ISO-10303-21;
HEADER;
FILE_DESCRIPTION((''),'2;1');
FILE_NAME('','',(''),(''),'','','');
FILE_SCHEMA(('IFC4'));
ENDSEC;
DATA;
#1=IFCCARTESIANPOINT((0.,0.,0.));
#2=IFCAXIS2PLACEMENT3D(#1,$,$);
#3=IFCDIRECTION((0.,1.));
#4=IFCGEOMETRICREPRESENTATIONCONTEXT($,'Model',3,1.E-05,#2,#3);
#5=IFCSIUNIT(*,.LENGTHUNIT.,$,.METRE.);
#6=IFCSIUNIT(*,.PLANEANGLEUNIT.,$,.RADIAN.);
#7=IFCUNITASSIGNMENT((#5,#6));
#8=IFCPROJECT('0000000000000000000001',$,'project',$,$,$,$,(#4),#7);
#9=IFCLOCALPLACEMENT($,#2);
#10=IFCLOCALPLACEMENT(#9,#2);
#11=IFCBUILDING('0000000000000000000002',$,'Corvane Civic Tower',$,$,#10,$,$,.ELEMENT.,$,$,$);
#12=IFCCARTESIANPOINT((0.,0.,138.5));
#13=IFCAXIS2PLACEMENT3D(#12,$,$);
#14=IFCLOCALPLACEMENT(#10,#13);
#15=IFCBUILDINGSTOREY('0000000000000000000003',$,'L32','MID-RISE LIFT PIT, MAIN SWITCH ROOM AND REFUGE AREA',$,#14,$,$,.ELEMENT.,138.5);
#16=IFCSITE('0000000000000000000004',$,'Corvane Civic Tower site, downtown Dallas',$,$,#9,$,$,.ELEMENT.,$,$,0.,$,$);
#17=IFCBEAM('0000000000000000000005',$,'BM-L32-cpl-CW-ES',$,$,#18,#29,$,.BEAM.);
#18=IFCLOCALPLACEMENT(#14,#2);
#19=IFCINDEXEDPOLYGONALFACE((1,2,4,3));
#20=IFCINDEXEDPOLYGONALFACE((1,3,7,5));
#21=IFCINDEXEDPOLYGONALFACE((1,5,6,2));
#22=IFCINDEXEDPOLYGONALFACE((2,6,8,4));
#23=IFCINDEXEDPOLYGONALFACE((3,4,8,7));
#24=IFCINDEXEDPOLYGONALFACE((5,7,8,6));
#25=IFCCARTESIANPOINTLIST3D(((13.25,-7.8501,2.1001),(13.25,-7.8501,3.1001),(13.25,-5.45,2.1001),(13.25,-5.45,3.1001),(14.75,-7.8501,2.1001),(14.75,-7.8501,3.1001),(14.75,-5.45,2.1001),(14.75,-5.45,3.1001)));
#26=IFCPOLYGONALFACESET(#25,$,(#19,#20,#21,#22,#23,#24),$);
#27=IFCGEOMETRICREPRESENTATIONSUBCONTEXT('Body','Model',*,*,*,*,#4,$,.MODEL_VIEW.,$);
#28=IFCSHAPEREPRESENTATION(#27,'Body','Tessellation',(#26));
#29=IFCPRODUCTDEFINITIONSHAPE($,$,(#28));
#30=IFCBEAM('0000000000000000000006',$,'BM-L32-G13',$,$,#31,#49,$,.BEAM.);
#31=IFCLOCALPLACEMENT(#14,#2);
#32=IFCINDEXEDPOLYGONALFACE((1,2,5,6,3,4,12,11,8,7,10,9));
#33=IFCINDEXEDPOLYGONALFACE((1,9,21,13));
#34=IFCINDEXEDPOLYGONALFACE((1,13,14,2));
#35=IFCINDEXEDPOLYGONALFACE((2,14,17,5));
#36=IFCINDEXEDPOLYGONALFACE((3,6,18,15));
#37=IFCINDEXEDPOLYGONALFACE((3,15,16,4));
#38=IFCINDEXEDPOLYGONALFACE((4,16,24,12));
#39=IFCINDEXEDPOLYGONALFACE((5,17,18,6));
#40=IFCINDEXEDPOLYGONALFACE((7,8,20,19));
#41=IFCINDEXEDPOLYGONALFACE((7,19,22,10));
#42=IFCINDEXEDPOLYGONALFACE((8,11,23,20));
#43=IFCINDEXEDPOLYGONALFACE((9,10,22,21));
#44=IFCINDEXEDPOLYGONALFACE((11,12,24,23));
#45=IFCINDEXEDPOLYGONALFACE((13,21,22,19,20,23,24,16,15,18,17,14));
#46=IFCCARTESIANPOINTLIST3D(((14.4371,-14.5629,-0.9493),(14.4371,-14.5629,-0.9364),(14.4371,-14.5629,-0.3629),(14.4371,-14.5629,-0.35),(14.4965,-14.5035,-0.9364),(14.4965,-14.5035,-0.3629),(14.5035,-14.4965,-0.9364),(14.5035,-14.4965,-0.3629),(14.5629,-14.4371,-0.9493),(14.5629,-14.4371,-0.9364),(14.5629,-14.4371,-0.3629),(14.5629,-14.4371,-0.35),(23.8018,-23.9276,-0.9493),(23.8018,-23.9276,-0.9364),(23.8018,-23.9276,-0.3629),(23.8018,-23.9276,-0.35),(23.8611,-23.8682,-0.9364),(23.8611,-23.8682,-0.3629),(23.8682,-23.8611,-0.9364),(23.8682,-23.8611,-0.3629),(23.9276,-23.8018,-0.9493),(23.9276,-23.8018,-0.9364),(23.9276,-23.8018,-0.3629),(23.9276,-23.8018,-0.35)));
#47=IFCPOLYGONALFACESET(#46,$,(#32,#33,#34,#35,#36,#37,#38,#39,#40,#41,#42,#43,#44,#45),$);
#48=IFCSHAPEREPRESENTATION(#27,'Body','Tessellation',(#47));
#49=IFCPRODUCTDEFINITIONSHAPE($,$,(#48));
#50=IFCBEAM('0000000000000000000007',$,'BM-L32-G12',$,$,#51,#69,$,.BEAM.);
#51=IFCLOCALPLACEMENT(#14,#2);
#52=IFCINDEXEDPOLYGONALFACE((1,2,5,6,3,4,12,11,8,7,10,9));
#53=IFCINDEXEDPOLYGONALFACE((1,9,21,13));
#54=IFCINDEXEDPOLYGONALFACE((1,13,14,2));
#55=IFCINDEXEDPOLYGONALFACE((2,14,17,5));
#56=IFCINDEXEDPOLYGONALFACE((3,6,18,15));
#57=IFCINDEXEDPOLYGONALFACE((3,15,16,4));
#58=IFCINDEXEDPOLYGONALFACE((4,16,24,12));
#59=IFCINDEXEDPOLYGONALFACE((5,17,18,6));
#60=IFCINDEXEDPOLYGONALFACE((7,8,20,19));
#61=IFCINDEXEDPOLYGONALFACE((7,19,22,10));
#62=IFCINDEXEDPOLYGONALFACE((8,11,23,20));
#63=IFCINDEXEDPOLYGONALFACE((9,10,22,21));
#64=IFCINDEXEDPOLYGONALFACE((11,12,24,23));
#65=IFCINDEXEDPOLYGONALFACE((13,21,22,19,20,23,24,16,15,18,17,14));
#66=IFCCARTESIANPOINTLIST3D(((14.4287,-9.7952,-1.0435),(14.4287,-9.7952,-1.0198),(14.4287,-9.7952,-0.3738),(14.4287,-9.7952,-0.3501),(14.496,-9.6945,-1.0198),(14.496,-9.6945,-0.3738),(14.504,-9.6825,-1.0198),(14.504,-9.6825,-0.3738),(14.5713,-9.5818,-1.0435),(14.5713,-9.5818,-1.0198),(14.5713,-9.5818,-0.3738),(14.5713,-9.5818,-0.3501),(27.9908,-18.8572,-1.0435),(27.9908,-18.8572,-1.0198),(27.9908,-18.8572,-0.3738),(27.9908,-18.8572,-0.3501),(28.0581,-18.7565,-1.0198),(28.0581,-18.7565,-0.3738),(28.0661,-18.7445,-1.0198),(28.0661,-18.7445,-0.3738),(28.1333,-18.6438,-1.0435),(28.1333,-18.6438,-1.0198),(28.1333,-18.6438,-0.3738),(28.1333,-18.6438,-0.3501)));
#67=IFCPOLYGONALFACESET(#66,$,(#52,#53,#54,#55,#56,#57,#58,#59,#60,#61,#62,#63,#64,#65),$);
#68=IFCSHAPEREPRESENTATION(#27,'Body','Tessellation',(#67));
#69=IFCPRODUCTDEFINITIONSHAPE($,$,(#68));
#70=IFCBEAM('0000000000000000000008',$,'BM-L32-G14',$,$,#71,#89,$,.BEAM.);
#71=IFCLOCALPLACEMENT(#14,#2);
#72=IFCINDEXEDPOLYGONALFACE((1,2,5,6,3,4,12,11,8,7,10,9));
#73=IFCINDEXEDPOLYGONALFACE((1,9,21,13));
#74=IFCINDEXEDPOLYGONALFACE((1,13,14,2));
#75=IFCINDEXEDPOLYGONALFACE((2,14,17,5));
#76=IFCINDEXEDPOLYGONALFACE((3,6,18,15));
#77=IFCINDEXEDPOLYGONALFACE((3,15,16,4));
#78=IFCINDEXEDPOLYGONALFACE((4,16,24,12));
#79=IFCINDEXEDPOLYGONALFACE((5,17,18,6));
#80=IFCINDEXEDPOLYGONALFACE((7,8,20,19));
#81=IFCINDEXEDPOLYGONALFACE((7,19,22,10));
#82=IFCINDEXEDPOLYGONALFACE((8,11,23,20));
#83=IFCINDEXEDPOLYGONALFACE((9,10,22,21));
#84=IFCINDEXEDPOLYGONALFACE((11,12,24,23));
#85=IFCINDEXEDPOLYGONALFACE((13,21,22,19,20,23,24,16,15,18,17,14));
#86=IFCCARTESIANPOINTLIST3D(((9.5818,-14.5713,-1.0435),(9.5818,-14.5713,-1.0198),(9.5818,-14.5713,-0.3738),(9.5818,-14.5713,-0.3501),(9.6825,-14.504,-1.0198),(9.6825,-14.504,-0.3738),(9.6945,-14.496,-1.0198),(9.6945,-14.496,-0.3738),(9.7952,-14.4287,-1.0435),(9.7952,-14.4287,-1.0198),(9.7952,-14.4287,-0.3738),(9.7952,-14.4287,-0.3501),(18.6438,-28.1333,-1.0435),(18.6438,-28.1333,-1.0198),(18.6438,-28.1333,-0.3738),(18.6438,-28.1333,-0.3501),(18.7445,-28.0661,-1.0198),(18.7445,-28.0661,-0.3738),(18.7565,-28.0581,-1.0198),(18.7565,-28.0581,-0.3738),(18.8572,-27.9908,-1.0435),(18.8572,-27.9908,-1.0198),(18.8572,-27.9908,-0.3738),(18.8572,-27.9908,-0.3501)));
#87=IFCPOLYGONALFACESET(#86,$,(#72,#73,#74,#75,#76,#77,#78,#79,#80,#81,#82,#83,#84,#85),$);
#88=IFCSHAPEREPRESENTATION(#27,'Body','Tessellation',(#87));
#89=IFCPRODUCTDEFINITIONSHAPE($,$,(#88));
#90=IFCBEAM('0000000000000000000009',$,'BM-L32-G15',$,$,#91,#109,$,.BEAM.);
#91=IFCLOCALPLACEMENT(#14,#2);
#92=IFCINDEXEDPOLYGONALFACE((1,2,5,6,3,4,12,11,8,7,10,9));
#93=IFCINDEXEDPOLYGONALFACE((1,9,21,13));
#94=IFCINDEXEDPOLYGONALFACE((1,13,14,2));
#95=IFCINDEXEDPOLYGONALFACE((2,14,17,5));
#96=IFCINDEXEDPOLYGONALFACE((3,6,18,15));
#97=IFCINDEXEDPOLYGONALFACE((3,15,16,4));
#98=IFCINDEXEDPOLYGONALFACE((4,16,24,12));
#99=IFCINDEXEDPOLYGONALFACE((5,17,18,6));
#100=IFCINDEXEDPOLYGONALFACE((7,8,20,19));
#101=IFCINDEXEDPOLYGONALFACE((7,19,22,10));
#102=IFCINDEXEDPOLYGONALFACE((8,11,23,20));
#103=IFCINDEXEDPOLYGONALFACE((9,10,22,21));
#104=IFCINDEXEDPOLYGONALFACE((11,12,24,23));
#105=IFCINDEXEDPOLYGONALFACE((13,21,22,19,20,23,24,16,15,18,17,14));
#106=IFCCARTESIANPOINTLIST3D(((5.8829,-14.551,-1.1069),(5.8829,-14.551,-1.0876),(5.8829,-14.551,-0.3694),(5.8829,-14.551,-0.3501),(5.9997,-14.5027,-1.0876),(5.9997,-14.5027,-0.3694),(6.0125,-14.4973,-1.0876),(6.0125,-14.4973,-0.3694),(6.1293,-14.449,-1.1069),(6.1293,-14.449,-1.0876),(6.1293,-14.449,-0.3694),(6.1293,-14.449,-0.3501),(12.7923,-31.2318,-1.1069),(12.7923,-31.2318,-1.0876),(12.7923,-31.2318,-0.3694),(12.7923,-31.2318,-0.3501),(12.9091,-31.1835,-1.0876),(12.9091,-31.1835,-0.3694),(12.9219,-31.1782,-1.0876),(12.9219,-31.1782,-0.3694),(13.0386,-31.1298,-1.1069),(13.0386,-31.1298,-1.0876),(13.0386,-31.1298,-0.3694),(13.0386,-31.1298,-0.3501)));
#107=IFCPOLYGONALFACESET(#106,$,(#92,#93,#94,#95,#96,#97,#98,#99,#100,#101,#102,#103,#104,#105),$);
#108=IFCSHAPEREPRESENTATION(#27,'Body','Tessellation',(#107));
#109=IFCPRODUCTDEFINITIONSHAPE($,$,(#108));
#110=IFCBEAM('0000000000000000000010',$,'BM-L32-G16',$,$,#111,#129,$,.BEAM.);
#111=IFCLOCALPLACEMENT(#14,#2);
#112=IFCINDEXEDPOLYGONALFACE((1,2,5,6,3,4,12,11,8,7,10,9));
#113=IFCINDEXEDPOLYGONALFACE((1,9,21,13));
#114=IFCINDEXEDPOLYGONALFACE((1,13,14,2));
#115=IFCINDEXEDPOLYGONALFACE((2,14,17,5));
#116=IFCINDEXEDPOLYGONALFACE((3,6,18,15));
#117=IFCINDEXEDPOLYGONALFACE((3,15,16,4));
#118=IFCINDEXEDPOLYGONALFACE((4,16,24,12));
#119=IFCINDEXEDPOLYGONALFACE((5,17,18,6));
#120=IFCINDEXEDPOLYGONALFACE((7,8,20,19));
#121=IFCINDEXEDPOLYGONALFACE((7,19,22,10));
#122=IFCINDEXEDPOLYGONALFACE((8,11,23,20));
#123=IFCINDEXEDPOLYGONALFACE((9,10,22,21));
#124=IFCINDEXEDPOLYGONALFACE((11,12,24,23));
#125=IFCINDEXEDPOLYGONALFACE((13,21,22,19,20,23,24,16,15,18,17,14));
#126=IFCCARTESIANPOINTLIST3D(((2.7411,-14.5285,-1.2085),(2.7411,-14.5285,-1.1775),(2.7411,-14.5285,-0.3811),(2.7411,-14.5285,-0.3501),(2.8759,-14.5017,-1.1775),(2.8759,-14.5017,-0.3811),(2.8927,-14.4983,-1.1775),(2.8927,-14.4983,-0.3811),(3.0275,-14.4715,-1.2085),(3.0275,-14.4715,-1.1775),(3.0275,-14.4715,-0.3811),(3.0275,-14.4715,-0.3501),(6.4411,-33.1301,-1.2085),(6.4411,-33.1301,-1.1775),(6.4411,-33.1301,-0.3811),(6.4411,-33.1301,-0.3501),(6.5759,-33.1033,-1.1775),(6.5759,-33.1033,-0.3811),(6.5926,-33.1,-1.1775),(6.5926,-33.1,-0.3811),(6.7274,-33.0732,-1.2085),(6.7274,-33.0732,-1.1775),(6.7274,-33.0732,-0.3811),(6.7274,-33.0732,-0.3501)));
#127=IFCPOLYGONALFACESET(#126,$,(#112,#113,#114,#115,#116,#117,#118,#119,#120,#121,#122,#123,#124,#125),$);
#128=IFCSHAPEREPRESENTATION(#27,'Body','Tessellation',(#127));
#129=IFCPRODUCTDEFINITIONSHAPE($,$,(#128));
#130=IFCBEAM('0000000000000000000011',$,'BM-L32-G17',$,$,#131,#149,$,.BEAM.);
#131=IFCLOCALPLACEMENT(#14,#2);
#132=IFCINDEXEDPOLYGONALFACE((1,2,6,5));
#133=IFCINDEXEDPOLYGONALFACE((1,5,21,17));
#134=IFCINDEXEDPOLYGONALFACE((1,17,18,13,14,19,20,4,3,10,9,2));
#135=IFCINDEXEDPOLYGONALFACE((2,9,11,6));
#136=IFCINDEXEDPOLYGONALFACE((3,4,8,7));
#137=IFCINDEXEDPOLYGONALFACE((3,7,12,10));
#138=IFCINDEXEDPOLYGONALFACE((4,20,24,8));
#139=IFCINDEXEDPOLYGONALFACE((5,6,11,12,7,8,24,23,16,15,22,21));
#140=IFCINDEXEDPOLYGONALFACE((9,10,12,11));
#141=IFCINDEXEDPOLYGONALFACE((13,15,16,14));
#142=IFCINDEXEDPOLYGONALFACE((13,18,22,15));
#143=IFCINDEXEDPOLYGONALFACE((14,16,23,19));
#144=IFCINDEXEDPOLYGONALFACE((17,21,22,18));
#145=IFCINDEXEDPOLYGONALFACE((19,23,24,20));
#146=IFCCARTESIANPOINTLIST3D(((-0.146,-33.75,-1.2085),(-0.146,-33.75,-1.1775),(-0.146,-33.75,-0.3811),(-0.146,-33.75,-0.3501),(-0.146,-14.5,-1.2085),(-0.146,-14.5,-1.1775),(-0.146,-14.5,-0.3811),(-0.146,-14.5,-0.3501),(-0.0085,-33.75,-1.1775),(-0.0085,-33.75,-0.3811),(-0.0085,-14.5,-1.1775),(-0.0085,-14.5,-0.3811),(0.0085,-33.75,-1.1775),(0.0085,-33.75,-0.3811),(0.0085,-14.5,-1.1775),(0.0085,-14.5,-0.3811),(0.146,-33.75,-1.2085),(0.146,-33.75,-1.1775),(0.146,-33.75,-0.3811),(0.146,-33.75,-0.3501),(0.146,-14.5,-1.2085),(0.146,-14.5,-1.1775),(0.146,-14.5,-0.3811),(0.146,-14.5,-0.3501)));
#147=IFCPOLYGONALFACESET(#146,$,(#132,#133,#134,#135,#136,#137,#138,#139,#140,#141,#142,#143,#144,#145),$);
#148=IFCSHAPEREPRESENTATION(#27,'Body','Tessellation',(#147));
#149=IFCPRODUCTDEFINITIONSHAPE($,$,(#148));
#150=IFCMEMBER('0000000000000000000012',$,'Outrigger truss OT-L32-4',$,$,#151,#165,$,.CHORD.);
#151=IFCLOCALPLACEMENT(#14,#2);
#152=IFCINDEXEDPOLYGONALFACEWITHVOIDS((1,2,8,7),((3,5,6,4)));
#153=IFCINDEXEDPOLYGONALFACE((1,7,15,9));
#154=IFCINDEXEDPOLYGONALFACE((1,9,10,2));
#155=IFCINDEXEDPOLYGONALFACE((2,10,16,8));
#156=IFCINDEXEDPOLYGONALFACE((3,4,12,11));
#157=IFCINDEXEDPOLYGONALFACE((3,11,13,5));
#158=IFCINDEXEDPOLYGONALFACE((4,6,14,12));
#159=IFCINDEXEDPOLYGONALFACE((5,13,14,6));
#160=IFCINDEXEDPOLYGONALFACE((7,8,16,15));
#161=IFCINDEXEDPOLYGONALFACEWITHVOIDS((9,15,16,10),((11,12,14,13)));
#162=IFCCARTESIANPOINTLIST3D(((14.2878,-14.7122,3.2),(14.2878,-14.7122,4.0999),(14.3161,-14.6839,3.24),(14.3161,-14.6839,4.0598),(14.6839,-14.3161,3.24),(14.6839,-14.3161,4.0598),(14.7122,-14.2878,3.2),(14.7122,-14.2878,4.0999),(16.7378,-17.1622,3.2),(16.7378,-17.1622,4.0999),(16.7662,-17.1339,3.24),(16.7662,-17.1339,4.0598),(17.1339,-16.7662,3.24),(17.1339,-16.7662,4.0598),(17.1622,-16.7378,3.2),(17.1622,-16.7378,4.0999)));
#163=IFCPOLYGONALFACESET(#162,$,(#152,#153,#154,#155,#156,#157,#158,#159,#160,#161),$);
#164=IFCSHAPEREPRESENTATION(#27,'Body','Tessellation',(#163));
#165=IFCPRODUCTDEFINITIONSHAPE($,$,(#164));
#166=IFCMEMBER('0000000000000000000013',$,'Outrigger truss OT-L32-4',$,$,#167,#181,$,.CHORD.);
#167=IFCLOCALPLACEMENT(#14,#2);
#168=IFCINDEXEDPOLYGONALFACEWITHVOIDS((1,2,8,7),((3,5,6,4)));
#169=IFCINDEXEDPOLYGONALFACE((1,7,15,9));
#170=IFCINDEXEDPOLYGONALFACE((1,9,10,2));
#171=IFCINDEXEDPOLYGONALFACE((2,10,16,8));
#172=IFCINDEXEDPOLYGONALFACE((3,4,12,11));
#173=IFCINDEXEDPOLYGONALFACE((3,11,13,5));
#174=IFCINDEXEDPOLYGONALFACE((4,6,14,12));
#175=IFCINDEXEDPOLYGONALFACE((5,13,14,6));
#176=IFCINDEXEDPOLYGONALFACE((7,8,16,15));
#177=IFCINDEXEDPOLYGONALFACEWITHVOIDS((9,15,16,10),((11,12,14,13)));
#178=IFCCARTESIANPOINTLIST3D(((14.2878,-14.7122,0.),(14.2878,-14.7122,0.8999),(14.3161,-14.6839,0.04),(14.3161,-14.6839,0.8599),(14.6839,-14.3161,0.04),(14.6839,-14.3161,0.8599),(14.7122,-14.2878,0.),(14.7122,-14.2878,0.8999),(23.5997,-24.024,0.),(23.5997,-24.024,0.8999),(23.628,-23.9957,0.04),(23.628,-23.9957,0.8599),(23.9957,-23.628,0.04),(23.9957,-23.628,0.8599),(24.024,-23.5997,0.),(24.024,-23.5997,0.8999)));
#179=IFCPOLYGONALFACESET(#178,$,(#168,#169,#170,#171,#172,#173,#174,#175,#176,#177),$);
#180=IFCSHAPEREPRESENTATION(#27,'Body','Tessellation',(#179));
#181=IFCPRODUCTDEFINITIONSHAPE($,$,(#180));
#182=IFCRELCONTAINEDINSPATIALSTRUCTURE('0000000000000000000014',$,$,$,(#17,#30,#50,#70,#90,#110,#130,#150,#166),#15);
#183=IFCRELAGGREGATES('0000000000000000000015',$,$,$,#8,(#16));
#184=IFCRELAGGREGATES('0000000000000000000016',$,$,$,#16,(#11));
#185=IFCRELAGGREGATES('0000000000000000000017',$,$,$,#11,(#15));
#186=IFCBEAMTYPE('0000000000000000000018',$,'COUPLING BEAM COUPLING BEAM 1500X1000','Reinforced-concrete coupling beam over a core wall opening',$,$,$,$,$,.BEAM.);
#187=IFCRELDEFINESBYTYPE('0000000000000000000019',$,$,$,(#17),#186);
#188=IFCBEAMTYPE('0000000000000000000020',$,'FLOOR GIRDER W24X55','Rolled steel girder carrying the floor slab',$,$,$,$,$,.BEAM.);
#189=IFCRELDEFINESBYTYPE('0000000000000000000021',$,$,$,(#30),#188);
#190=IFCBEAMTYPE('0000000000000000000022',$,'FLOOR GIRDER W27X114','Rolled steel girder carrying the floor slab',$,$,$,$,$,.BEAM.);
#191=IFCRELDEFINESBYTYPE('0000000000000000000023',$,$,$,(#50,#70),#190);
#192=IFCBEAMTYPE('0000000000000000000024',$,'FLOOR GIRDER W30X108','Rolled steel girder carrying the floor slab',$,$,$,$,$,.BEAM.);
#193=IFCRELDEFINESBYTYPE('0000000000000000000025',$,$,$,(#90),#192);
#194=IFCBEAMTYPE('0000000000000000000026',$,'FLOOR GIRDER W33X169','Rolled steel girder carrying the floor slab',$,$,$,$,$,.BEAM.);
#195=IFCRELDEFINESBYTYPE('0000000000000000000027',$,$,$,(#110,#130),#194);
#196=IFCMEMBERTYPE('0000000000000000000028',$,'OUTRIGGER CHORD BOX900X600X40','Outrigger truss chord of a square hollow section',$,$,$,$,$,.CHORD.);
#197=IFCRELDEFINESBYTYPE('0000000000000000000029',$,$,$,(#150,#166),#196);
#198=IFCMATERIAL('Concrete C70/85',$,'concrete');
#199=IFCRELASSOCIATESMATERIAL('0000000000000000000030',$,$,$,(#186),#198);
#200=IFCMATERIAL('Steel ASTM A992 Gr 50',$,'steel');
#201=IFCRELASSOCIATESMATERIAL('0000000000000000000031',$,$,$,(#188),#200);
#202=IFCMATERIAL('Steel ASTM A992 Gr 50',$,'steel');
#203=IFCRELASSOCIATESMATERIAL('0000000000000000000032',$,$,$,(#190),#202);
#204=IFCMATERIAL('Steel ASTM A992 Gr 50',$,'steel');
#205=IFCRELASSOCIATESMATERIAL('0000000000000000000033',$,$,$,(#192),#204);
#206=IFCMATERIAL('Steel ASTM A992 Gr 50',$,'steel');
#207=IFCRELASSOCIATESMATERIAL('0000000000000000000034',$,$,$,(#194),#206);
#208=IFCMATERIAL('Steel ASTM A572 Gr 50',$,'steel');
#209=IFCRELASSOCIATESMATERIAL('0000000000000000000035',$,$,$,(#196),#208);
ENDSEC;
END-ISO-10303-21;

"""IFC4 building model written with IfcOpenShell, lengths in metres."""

from ifc_helpers import new_model, si_unit, direction, frame, origin, origin_2d, place, context, subcontext, project, spatial, rectangle, hollow_rectangle, i_section, extrude, material, material_profile, profile_set, type_object, element, save


model = new_model("IFC4")

# Units and contexts
model_context = context("Model", 3, precision=1e-05, world=origin(), true_north=direction((0.0, 1.0)))
body_context = subcontext(model_context, "Body", "Model", "MODEL_VIEW")
ifc_project = project(units=[si_unit("LENGTHUNIT", "METRE"), si_unit("PLANEANGLEUNIT", "RADIAN")], contexts=[model_context])

# Site, building, storey
site_placement = place(None, origin())
site = spatial("IfcSite", under=ifc_project, at=site_placement, Name="Corvane Civic Tower site, downtown Dallas", CompositionType="ELEMENT", RefElevation=0.0)
building_placement = place(site_placement, origin())
building = spatial("IfcBuilding", under=site, at=building_placement, Name="Corvane Civic Tower", CompositionType="ELEMENT")
storey_placement = place(building_placement, frame((0.0, 0.0, 138.5)))
storey = spatial("IfcBuildingStorey", under=building, at=storey_placement, Name="L32", Description="MID-RISE LIFT PIT, MAIN SWITCH ROOM AND REFUGE AREA", CompositionType="ELEMENT", Elevation=138.5)

# Beams
ifc_material_1 = material(Name="Concrete C70/85", Category="concrete")
ifc_material_profile_1 = material_profile(ifc_material_1, rectangle(XDim=1.5, YDim=1.0, at=origin_2d()), Name="COUPLING BEAM 1500X1000")
ifc_profile_set_1 = profile_set([ifc_material_profile_1], Name="Concrete C70/85")
beam_type_1 = type_object("IfcBeamType", Name="COUPLING BEAM COUPLING BEAM 1500X1000", Description="Reinforced-concrete coupling beam over a core wall opening", PredefinedType="BEAM", material=ifc_profile_set_1)
beam_1_placement = place(storey_placement, frame((14.0, -7.8501, 2.6001), z_axis=(0.0, 1.0, 0.0), x_axis=(-1.0, 0.0, 0.0)))
element("IfcBeam", 1, at=beam_1_placement, inside=storey, type_object=beam_type_1, Name="BM-L32-cpl-CW-ES", PredefinedType="BEAM", context=body_context, shape_type="SweptSolid", body=[
    extrude(rectangle(XDim=1.5, YDim=1.0, at=origin_2d()), origin(), (0.0, 0.0, 1.0), 2.4001),
])
ifc_material_2 = material(Name="Steel ASTM A992 Gr 50", Category="steel")
ifc_material_profile_2 = material_profile(ifc_material_2, i_section(OverallWidth=0.178, OverallDepth=0.5994, WebThickness=0.01, FlangeThickness=0.0129, at=origin_2d()), Name="W24X55")
ifc_profile_set_2 = profile_set([ifc_material_profile_2], Name="Steel ASTM A992 Gr 50")
beam_type_2 = type_object("IfcBeamType", Name="FLOOR GIRDER W24X55", Description="Rolled steel girder carrying the floor slab", PredefinedType="BEAM", material=ifc_profile_set_2)
beam_2_placement = place(storey_placement, frame((14.5, -14.5, -0.6497), z_axis=(0.707107, -0.707107, 0.0), x_axis=(0.707107, 0.707107, 0.0)))
element("IfcBeam", 2, at=beam_2_placement, inside=storey, type_object=beam_type_2, Name="BM-L32-G13", PredefinedType="BEAM", context=body_context, shape_type="SweptSolid", body=[
    extrude(i_section(OverallWidth=0.178, OverallDepth=0.5994, WebThickness=0.01, FlangeThickness=0.0129, at=origin_2d()), origin(), (0.0, 0.0, 1.0), 13.2437),
])
ifc_material_3 = material(Name="Steel ASTM A992 Gr 50", Category="steel")
ifc_material_profile_3 = material_profile(ifc_material_3, i_section(OverallWidth=0.2566, OverallDepth=0.6934, WebThickness=0.0144, FlangeThickness=0.0237, at=origin_2d()), Name="W27X114")
ifc_profile_set_3 = profile_set([ifc_material_profile_3], Name="Steel ASTM A992 Gr 50")
beam_type_3 = type_object("IfcBeamType", Name="FLOOR GIRDER W27X114", Description="Rolled steel girder carrying the floor slab", PredefinedType="BEAM", material=ifc_profile_set_3)
for number, where, z_axis, x_axis, name in (
    (3, (14.5, -9.6885, -0.6968), (0.831465, -0.555577, 0.0), (0.555577, 0.831465, 0.0), "BM-L32-G12"),
    (4, (9.6885, -14.5, -0.6968), (0.555577, -0.831465, 0.0), (0.831465, 0.555577, 0.0), "BM-L32-G14"),
):
    element("IfcBeam", number, at=place(storey_placement, frame(where, z_axis=z_axis, x_axis=x_axis)), inside=storey, type_object=beam_type_3, Name=name, PredefinedType="BEAM", context=body_context, shape_type="SweptSolid", body=[
        extrude(i_section(OverallWidth=0.2566, OverallDepth=0.6934, WebThickness=0.0144, FlangeThickness=0.0237, at=origin_2d()), origin(), (0.0, 0.0, 1.0), 16.311),
    ])
ifc_material_4 = material(Name="Steel ASTM A992 Gr 50", Category="steel")
ifc_material_profile_4 = material_profile(ifc_material_4, i_section(OverallWidth=0.2666, OverallDepth=0.7568, WebThickness=0.0139, FlangeThickness=0.0193, at=origin_2d()), Name="W30X108")
ifc_profile_set_4 = profile_set([ifc_material_profile_4], Name="Steel ASTM A992 Gr 50")
beam_type_4 = type_object("IfcBeamType", Name="FLOOR GIRDER W30X108", Description="Rolled steel girder carrying the floor slab", PredefinedType="BEAM", material=ifc_profile_set_4)
beam_3_placement = place(storey_placement, frame((6.0061, -14.5, -0.7285), z_axis=(0.382682, -0.92388, 0.0), x_axis=(0.92388, 0.382682, 0.0)))
element("IfcBeam", 5, at=beam_3_placement, inside=storey, type_object=beam_type_4, Name="BM-L32-G15", PredefinedType="BEAM", context=body_context, shape_type="SweptSolid", body=[
    extrude(i_section(OverallWidth=0.2666, OverallDepth=0.7568, WebThickness=0.0139, FlangeThickness=0.0193, at=origin_2d()), origin(), (0.0, 0.0, 1.0), 18.0552),
])
ifc_material_5 = material(Name="Steel ASTM A992 Gr 50", Category="steel")
ifc_material_profile_5 = material_profile(ifc_material_5, i_section(OverallWidth=0.292, OverallDepth=0.8584, WebThickness=0.0171, FlangeThickness=0.031, at=origin_2d()), Name="W33X169")
ifc_profile_set_5 = profile_set([ifc_material_profile_5], Name="Steel ASTM A992 Gr 50")
beam_type_5 = type_object("IfcBeamType", Name="FLOOR GIRDER W33X169", Description="Rolled steel girder carrying the floor slab", PredefinedType="BEAM", material=ifc_profile_set_5)
beam_4_placement = place(storey_placement, frame((2.8843, -14.5, -0.7793), z_axis=(0.195084, -0.980787, 0.0), x_axis=(0.980787, 0.195084, 0.0)))
element("IfcBeam", 6, at=beam_4_placement, inside=storey, type_object=beam_type_5, Name="BM-L32-G16", PredefinedType="BEAM", context=body_context, shape_type="SweptSolid", body=[
    extrude(i_section(OverallWidth=0.292, OverallDepth=0.8584, WebThickness=0.0171, FlangeThickness=0.031, at=origin_2d()), origin(), (0.0, 0.0, 1.0), 18.9661),
])
beam_5_placement = place(storey_placement, frame((0.0, -14.5, -0.7793), z_axis=(0.0, -1.0, 0.0), x_axis=(1.0, 0.0, 0.0)))
element("IfcBeam", 7, at=beam_5_placement, inside=storey, type_object=beam_type_5, Name="BM-L32-G17", PredefinedType="BEAM", context=body_context, shape_type="SweptSolid", body=[
    extrude(i_section(OverallWidth=0.292, OverallDepth=0.8584, WebThickness=0.0171, FlangeThickness=0.031, at=origin_2d()), origin(), (0.0, 0.0, 1.0), 19.25),
])

# Members
ifc_material_6 = material(Name="Steel ASTM A572 Gr 50", Category="steel")
ifc_material_profile_6 = material_profile(ifc_material_6, hollow_rectangle(XDim=0.6001, YDim=0.8999, WallThickness=0.04, at=origin_2d()), Name="BOX900X600X40")
ifc_profile_set_6 = profile_set([ifc_material_profile_6], Name="Steel ASTM A572 Gr 50")
member_type_1 = type_object("IfcMemberType", Name="OUTRIGGER CHORD BOX900X600X40", Description="Outrigger truss chord of a square hollow section", PredefinedType="CHORD", material=ifc_profile_set_6)
member_1_placement = place(storey_placement, frame((14.5, -14.5, 3.6499), z_axis=(0.707107, -0.707107, 0.0), x_axis=(0.707107, 0.707107, 0.0)))
element("IfcMember", 8, at=member_1_placement, inside=storey, type_object=member_type_1, Name="Outrigger truss OT-L32-4", PredefinedType="CHORD", context=body_context, shape_type="SweptSolid", body=[
    extrude(hollow_rectangle(XDim=0.6001, YDim=0.8999, WallThickness=0.04, at=origin_2d()), origin(), (0.0, 0.0, 1.0), 3.4648),
])
member_2_placement = place(storey_placement, frame((14.5, -14.5, 0.45), z_axis=(0.707107, -0.707107, 0.0), x_axis=(0.707107, 0.707107, 0.0)))
element("IfcMember", 9, at=member_2_placement, inside=storey, type_object=member_type_1, Name="Outrigger truss OT-L32-4", PredefinedType="CHORD", context=body_context, shape_type="SweptSolid", body=[
    extrude(hollow_rectangle(XDim=0.6001, YDim=0.8999, WallThickness=0.04, at=origin_2d()), origin(), (0.0, 0.0, 1.0), 13.1689),
])

save(model, "model.ifc")
